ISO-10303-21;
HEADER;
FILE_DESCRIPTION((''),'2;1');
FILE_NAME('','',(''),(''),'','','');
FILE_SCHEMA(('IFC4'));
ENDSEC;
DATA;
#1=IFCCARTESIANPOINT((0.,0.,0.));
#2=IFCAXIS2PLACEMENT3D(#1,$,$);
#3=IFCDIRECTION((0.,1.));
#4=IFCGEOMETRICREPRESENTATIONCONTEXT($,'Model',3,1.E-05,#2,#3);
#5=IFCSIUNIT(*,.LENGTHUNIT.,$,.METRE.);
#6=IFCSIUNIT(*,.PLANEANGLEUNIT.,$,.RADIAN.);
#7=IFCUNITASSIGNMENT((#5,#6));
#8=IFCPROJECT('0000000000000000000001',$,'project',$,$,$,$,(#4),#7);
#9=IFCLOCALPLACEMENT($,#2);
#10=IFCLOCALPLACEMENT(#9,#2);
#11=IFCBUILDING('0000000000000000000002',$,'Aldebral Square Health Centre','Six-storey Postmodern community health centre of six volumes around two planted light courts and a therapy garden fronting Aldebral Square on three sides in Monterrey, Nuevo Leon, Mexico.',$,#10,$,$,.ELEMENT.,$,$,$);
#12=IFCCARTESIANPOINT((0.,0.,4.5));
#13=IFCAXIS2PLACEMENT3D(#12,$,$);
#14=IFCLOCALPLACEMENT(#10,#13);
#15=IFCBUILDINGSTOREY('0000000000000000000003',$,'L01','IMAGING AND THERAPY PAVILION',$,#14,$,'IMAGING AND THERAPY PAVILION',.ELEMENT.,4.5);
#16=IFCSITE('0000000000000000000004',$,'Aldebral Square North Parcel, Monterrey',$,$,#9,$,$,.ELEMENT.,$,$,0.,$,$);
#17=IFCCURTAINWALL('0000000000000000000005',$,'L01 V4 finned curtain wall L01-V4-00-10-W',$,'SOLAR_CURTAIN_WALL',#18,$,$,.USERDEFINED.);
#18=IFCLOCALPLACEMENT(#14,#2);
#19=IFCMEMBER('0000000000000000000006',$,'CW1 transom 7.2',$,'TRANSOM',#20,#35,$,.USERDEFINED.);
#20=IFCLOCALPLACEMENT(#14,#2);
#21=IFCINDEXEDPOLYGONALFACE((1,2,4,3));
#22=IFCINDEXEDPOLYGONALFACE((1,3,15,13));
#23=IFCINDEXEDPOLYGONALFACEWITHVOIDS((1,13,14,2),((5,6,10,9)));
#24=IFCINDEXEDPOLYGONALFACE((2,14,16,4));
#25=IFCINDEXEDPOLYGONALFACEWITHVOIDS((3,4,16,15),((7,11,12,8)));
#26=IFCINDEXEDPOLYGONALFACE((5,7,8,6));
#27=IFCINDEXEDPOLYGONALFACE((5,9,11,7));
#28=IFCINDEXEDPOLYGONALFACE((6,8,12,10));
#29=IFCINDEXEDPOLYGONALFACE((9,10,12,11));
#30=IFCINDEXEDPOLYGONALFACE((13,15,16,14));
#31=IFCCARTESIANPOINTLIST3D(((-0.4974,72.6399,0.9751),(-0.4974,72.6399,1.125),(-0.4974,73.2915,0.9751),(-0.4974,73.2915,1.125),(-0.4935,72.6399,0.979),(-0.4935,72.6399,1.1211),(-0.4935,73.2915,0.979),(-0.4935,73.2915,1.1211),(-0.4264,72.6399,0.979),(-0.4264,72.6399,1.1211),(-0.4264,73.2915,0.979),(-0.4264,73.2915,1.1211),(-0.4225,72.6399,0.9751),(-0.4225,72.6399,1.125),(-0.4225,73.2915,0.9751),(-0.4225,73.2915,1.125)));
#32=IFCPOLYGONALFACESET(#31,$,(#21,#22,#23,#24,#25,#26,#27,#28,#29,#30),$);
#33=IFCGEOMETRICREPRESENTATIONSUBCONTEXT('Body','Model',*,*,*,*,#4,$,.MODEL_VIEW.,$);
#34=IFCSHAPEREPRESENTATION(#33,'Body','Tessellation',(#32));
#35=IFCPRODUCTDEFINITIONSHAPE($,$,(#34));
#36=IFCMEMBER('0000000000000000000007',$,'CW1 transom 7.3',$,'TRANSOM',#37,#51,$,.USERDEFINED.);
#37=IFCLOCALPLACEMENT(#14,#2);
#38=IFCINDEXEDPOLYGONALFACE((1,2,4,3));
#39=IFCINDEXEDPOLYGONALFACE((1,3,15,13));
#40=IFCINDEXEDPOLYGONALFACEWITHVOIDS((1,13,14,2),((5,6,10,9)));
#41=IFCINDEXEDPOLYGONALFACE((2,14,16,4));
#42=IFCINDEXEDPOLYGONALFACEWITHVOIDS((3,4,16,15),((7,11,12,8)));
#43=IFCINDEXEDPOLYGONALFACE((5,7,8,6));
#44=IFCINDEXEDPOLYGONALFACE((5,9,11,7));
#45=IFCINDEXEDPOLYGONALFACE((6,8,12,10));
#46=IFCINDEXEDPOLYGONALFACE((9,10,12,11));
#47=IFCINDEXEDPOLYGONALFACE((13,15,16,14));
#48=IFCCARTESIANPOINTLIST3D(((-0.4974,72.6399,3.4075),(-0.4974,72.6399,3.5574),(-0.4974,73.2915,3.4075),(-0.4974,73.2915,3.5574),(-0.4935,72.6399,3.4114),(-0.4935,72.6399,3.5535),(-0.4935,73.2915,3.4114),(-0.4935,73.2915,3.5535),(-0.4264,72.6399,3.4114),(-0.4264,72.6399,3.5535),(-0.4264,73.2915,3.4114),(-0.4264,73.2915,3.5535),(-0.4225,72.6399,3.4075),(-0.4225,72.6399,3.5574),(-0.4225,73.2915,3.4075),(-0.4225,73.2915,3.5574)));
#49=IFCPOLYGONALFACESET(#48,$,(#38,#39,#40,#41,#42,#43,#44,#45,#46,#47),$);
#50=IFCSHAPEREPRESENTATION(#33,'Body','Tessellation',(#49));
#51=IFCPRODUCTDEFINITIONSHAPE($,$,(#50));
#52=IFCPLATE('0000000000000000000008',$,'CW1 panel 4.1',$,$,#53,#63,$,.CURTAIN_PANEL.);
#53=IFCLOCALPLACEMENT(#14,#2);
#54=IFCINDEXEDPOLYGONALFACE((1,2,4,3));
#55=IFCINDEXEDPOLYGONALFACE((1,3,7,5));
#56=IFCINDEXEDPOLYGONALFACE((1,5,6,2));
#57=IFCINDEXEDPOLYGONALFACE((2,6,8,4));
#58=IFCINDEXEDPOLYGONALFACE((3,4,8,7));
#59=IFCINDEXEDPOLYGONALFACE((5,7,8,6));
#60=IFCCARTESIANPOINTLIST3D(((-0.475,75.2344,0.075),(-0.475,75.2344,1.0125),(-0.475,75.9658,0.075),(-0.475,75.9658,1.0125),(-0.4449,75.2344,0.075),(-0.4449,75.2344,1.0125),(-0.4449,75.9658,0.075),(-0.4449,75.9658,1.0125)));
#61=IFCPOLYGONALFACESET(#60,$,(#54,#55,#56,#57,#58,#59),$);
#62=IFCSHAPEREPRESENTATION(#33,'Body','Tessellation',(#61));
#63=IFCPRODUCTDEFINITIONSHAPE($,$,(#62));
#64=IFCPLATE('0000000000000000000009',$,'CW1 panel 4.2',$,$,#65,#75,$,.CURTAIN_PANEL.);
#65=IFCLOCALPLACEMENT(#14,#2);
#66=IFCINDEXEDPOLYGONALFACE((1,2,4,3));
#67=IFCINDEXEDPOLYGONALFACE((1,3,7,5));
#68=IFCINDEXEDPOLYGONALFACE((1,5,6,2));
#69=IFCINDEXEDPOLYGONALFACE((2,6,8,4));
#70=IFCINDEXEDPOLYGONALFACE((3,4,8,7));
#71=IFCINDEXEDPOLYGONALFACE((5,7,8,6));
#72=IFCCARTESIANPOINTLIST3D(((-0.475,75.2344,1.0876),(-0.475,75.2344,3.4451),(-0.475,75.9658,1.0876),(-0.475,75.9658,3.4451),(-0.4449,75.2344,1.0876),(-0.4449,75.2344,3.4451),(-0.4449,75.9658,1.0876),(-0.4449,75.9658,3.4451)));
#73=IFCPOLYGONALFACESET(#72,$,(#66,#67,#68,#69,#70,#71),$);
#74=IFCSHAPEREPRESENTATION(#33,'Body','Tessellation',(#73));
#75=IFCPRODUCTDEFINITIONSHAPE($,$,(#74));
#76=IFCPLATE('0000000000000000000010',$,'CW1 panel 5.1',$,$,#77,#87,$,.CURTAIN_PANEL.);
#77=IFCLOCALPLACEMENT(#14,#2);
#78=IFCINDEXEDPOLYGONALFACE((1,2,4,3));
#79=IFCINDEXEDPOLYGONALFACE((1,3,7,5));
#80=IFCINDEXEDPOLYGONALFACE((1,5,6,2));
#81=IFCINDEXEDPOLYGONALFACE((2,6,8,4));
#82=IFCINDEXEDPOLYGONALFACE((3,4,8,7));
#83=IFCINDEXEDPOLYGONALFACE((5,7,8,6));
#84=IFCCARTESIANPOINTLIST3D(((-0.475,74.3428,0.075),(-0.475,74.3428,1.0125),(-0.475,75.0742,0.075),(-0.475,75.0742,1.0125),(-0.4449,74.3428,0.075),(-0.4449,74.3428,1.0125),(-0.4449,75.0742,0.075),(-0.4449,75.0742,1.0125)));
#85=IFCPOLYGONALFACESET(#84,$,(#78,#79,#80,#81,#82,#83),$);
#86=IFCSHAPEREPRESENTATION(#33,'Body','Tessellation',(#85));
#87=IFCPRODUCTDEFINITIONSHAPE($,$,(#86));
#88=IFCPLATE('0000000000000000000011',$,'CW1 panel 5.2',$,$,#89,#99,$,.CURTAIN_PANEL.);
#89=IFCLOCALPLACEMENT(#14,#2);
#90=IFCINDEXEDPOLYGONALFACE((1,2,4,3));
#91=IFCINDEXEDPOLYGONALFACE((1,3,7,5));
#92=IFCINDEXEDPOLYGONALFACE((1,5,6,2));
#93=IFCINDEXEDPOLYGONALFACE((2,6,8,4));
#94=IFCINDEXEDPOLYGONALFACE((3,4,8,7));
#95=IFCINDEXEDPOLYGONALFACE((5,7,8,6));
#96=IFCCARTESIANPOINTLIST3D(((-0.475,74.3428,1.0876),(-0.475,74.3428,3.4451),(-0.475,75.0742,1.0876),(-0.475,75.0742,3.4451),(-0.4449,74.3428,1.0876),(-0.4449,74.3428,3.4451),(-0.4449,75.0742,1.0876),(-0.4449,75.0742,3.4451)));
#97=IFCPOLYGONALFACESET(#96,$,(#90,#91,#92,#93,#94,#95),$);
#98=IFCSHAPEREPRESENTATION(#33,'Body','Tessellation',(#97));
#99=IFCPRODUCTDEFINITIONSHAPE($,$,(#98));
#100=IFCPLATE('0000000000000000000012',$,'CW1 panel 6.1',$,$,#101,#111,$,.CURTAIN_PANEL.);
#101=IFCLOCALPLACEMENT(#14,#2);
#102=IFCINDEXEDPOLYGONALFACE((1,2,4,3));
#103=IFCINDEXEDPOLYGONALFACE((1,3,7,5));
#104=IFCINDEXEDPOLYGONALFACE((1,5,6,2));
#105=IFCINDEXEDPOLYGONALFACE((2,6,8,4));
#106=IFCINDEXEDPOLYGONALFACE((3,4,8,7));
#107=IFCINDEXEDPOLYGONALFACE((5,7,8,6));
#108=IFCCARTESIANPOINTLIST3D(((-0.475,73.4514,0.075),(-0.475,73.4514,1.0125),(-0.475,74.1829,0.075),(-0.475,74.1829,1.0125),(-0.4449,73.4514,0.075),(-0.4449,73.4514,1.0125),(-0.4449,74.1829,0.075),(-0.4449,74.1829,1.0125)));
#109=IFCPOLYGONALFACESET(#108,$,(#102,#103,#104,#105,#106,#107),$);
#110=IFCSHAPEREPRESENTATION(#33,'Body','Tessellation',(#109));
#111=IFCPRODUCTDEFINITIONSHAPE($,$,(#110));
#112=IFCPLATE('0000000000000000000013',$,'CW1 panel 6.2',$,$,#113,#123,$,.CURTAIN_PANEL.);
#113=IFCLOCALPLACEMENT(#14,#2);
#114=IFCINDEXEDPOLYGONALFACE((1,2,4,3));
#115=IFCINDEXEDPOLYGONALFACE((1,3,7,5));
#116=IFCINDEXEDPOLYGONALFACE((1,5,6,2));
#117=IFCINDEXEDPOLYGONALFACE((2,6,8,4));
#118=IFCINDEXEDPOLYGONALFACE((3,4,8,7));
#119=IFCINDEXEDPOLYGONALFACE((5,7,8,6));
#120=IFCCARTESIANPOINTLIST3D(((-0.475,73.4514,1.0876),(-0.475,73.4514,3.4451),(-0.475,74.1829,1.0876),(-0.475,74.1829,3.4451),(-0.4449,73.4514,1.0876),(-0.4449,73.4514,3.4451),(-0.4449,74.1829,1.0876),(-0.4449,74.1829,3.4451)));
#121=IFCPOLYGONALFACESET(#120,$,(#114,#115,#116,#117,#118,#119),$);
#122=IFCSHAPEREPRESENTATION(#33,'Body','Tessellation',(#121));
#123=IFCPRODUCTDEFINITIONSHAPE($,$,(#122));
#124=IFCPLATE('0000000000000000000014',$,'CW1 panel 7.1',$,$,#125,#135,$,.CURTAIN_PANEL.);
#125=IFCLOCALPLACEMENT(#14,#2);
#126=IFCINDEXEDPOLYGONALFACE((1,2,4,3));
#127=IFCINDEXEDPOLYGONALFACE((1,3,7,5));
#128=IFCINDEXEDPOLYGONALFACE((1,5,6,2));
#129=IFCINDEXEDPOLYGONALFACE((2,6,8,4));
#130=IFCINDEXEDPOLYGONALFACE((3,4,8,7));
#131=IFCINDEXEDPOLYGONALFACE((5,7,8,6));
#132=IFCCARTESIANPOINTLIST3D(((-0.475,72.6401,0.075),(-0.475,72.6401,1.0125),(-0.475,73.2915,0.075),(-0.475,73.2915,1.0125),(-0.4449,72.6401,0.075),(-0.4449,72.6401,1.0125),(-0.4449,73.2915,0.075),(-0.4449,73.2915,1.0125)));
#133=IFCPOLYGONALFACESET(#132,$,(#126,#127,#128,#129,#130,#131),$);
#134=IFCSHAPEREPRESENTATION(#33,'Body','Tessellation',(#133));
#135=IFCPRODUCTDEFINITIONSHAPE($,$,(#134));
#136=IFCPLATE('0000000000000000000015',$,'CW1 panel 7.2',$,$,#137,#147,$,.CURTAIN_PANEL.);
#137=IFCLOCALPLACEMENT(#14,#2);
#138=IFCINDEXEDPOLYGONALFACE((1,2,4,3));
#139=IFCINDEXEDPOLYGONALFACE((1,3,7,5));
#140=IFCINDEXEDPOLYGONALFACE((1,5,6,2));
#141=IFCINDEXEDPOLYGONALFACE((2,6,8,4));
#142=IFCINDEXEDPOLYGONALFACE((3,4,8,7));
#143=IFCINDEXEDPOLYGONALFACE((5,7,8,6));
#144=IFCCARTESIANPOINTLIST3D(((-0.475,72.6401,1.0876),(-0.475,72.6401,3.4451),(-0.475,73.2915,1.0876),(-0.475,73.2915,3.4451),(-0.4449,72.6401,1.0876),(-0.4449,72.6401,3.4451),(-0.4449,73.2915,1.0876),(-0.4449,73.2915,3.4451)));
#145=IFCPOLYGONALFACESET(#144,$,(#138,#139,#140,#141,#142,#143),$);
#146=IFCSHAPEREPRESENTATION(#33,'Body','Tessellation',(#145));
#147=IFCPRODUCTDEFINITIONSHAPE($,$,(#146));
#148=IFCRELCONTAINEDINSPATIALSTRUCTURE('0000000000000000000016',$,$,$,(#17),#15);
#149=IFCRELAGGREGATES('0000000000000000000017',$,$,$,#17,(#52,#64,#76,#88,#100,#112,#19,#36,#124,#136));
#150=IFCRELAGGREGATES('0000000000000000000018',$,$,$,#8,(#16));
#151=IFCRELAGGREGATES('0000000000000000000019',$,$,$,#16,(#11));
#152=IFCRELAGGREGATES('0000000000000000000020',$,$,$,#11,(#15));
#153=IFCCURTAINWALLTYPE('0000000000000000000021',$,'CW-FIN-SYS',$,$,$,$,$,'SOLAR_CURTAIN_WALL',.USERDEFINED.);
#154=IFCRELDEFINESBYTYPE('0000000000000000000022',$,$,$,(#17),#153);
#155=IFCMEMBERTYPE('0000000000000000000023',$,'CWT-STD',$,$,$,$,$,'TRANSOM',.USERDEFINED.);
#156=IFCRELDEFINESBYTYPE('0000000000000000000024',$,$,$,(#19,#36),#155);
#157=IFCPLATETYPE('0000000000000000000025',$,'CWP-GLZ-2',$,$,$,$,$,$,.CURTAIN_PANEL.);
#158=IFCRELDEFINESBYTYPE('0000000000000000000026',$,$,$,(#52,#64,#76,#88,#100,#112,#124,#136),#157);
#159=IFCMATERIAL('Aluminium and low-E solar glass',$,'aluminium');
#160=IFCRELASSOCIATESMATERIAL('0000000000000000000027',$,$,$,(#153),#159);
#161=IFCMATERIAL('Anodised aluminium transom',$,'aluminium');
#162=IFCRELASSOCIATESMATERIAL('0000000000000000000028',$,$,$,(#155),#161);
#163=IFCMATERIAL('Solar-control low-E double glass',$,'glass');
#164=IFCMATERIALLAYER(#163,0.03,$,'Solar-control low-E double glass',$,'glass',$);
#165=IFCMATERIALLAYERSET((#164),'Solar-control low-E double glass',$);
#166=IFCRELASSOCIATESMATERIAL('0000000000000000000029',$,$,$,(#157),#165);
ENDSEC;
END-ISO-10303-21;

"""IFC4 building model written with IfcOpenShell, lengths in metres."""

from ifc_helpers import new_model, si_unit, direction, frame, origin, origin_2d, place, context, subcontext, project, spatial, rectangle, hollow_rectangle, extrude, material, layer, layer_set, material_profile, profile_set, type_object, element, aggregate, save


model = new_model("IFC4")

# Units and contexts
model_context = context("Model", 3, precision=1e-05, world=origin(), true_north=direction((0.0, 1.0)))
body_context = subcontext(model_context, "Body", "Model", "MODEL_VIEW")
ifc_project = project(units=[si_unit("LENGTHUNIT", "METRE"), si_unit("PLANEANGLEUNIT", "RADIAN")], contexts=[model_context])

# Site, building, storey
site_placement = place(None, origin())
site = spatial("IfcSite", under=ifc_project, at=site_placement, Name="Aldebral Square North Parcel, Monterrey", CompositionType="ELEMENT", RefElevation=0.0)
building_placement = place(site_placement, origin())
building = spatial("IfcBuilding", under=site, at=building_placement, Name="Aldebral Square Health Centre", Description="Six-storey Postmodern community health centre of six volumes around two planted light courts and a therapy garden fronting Aldebral Square on three sides in Monterrey, Nuevo Leon, Mexico.", CompositionType="ELEMENT")
storey_placement = place(building_placement, frame((0.0, 0.0, 4.5)))
storey = spatial("IfcBuildingStorey", under=building, at=storey_placement, Name="L01", Description="IMAGING AND THERAPY PAVILION", LongName="IMAGING AND THERAPY PAVILION", CompositionType="ELEMENT", Elevation=4.5)

# Curtain wall, members, plates
ifc_material_1 = material(Name="Aluminium and low-E solar glass", Category="aluminium")
curtain_wall_type = type_object("IfcCurtainWallType", Name="CW-FIN-SYS", ElementType="SOLAR_CURTAIN_WALL", PredefinedType="USERDEFINED", material=ifc_material_1)
curtain_wall_placement = place(storey_placement, origin())
curtain_wall = element("IfcCurtainWall", 1, at=curtain_wall_placement, inside=storey, type_object=curtain_wall_type, Name="L01 V4 finned curtain wall L01-V4-00-10-W", ObjectType="SOLAR_CURTAIN_WALL", PredefinedType="USERDEFINED")
ifc_material_2 = material(Name="Anodised aluminium transom", Category="aluminium")
ifc_material_profile_1 = material_profile(ifc_material_2, hollow_rectangle(XDim=0.075, YDim=0.1499, WallThickness=0.0039, at=origin_2d()), Name="CWT 75x150x4")
ifc_profile_set_1 = profile_set([ifc_material_profile_1], Name="Anodised aluminium transom")
member_type_1 = type_object("IfcMemberType", Name="CWT-STD", ElementType="TRANSOM", PredefinedType="USERDEFINED", material=ifc_profile_set_1)
member_1_placement = place(storey_placement, frame((-0.46, 73.2915, 1.05), z_axis=(0.0, -1.0, 0.0), x_axis=(1.0, 0.0, 0.0)))
member_1 = element("IfcMember", 2, at=member_1_placement, type_object=member_type_1, Name="CW1 transom 7.2", ObjectType="TRANSOM", PredefinedType="USERDEFINED", context=body_context, shape_type="SweptSolid", body=[
    extrude(hollow_rectangle(XDim=0.075, YDim=0.1499, WallThickness=0.0039, at=origin_2d()), origin(), (0.0, 0.0, 1.0), 0.6516),
])
member_2_placement = place(storey_placement, frame((-0.46, 73.2915, 3.4824), z_axis=(0.0, -1.0, 0.0), x_axis=(1.0, 0.0, 0.0)))
member_2 = element("IfcMember", 3, at=member_2_placement, type_object=member_type_1, Name="CW1 transom 7.3", ObjectType="TRANSOM", PredefinedType="USERDEFINED", context=body_context, shape_type="SweptSolid", body=[
    extrude(hollow_rectangle(XDim=0.075, YDim=0.1499, WallThickness=0.0039, at=origin_2d()), origin(), (0.0, 0.0, 1.0), 0.6516),
])
ifc_material_3 = material(Name="Solar-control low-E double glass", Category="glass")
ifc_layer = layer(ifc_material_3, 0.03, Name="Solar-control low-E double glass", Category="glass")
ifc_layer_set = layer_set([ifc_layer], Name="Solar-control low-E double glass")
plate_type = type_object("IfcPlateType", Name="CWP-GLZ-2", PredefinedType="CURTAIN_PANEL", material=ifc_layer_set)
plate_1_placement = place(storey_placement, frame((-0.46, 75.6001, 0.075), z_axis=(0.0, 0.0, 1.0), x_axis=(0.0, -1.0, 0.0)))
plate_1 = element("IfcPlate", 4, at=plate_1_placement, type_object=plate_type, Name="CW1 panel 4.1", PredefinedType="CURTAIN_PANEL", context=body_context, shape_type="SweptSolid", body=[
    extrude(rectangle(XDim=0.7314, YDim=0.03, at=origin_2d()), origin(), (0.0, 0.0, 1.0), 0.9375),
])
plate_2_placement = place(storey_placement, frame((-0.46, 75.6001, 1.0876), z_axis=(0.0, 0.0, 1.0), x_axis=(0.0, -1.0, 0.0)))
plate_2 = element("IfcPlate", 5, at=plate_2_placement, type_object=plate_type, Name="CW1 panel 4.2", PredefinedType="CURTAIN_PANEL", context=body_context, shape_type="SweptSolid", body=[
    extrude(rectangle(XDim=0.7314, YDim=0.03, at=origin_2d()), origin(), (0.0, 0.0, 1.0), 2.3574),
])
plate_3_placement = place(storey_placement, frame((-0.46, 74.7085, 0.075), z_axis=(0.0, 0.0, 1.0), x_axis=(0.0, -1.0, 0.0)))
plate_3 = element("IfcPlate", 6, at=plate_3_placement, type_object=plate_type, Name="CW1 panel 5.1", PredefinedType="CURTAIN_PANEL", context=body_context, shape_type="SweptSolid", body=[
    extrude(rectangle(XDim=0.7314, YDim=0.03, at=origin_2d()), origin(), (0.0, 0.0, 1.0), 0.9375),
])
plate_4_placement = place(storey_placement, frame((-0.46, 74.7085, 1.0876), z_axis=(0.0, 0.0, 1.0), x_axis=(0.0, -1.0, 0.0)))
plate_4 = element("IfcPlate", 7, at=plate_4_placement, type_object=plate_type, Name="CW1 panel 5.2", PredefinedType="CURTAIN_PANEL", context=body_context, shape_type="SweptSolid", body=[
    extrude(rectangle(XDim=0.7314, YDim=0.03, at=origin_2d()), origin(), (0.0, 0.0, 1.0), 2.3574),
])
plate_5_placement = place(storey_placement, frame((-0.46, 73.8171, 0.075), z_axis=(0.0, 0.0, 1.0), x_axis=(0.0, -1.0, 0.0)))
plate_5 = element("IfcPlate", 8, at=plate_5_placement, type_object=plate_type, Name="CW1 panel 6.1", PredefinedType="CURTAIN_PANEL", context=body_context, shape_type="SweptSolid", body=[
    extrude(rectangle(XDim=0.7314, YDim=0.03, at=origin_2d()), origin(), (0.0, 0.0, 1.0), 0.9375),
])
plate_6_placement = place(storey_placement, frame((-0.46, 73.8171, 1.0876), z_axis=(0.0, 0.0, 1.0), x_axis=(0.0, -1.0, 0.0)))
plate_6 = element("IfcPlate", 9, at=plate_6_placement, type_object=plate_type, Name="CW1 panel 6.2", PredefinedType="CURTAIN_PANEL", context=body_context, shape_type="SweptSolid", body=[
    extrude(rectangle(XDim=0.7314, YDim=0.03, at=origin_2d()), origin(), (0.0, 0.0, 1.0), 2.3574),
])
plate_7_placement = place(storey_placement, frame((-0.46, 72.9658, 0.075), z_axis=(0.0, 0.0, 1.0), x_axis=(0.0, -1.0, 0.0)))
plate_7 = element("IfcPlate", 10, at=plate_7_placement, type_object=plate_type, Name="CW1 panel 7.1", PredefinedType="CURTAIN_PANEL", context=body_context, shape_type="SweptSolid", body=[
    extrude(rectangle(XDim=0.6514, YDim=0.03, at=origin_2d()), origin(), (0.0, 0.0, 1.0), 0.9375),
])
plate_8_placement = place(storey_placement, frame((-0.46, 72.9658, 1.0876), z_axis=(0.0, 0.0, 1.0), x_axis=(0.0, -1.0, 0.0)))
plate_8 = element("IfcPlate", 11, at=plate_8_placement, type_object=plate_type, Name="CW1 panel 7.2", PredefinedType="CURTAIN_PANEL", context=body_context, shape_type="SweptSolid", body=[
    extrude(rectangle(XDim=0.6514, YDim=0.03, at=origin_2d()), origin(), (0.0, 0.0, 1.0), 2.3574),
])
aggregate(curtain_wall, [plate_1, plate_2, plate_3, plate_4, plate_5, plate_6, member_1, member_2, plate_7, plate_8])

save(model, "model.ifc")
